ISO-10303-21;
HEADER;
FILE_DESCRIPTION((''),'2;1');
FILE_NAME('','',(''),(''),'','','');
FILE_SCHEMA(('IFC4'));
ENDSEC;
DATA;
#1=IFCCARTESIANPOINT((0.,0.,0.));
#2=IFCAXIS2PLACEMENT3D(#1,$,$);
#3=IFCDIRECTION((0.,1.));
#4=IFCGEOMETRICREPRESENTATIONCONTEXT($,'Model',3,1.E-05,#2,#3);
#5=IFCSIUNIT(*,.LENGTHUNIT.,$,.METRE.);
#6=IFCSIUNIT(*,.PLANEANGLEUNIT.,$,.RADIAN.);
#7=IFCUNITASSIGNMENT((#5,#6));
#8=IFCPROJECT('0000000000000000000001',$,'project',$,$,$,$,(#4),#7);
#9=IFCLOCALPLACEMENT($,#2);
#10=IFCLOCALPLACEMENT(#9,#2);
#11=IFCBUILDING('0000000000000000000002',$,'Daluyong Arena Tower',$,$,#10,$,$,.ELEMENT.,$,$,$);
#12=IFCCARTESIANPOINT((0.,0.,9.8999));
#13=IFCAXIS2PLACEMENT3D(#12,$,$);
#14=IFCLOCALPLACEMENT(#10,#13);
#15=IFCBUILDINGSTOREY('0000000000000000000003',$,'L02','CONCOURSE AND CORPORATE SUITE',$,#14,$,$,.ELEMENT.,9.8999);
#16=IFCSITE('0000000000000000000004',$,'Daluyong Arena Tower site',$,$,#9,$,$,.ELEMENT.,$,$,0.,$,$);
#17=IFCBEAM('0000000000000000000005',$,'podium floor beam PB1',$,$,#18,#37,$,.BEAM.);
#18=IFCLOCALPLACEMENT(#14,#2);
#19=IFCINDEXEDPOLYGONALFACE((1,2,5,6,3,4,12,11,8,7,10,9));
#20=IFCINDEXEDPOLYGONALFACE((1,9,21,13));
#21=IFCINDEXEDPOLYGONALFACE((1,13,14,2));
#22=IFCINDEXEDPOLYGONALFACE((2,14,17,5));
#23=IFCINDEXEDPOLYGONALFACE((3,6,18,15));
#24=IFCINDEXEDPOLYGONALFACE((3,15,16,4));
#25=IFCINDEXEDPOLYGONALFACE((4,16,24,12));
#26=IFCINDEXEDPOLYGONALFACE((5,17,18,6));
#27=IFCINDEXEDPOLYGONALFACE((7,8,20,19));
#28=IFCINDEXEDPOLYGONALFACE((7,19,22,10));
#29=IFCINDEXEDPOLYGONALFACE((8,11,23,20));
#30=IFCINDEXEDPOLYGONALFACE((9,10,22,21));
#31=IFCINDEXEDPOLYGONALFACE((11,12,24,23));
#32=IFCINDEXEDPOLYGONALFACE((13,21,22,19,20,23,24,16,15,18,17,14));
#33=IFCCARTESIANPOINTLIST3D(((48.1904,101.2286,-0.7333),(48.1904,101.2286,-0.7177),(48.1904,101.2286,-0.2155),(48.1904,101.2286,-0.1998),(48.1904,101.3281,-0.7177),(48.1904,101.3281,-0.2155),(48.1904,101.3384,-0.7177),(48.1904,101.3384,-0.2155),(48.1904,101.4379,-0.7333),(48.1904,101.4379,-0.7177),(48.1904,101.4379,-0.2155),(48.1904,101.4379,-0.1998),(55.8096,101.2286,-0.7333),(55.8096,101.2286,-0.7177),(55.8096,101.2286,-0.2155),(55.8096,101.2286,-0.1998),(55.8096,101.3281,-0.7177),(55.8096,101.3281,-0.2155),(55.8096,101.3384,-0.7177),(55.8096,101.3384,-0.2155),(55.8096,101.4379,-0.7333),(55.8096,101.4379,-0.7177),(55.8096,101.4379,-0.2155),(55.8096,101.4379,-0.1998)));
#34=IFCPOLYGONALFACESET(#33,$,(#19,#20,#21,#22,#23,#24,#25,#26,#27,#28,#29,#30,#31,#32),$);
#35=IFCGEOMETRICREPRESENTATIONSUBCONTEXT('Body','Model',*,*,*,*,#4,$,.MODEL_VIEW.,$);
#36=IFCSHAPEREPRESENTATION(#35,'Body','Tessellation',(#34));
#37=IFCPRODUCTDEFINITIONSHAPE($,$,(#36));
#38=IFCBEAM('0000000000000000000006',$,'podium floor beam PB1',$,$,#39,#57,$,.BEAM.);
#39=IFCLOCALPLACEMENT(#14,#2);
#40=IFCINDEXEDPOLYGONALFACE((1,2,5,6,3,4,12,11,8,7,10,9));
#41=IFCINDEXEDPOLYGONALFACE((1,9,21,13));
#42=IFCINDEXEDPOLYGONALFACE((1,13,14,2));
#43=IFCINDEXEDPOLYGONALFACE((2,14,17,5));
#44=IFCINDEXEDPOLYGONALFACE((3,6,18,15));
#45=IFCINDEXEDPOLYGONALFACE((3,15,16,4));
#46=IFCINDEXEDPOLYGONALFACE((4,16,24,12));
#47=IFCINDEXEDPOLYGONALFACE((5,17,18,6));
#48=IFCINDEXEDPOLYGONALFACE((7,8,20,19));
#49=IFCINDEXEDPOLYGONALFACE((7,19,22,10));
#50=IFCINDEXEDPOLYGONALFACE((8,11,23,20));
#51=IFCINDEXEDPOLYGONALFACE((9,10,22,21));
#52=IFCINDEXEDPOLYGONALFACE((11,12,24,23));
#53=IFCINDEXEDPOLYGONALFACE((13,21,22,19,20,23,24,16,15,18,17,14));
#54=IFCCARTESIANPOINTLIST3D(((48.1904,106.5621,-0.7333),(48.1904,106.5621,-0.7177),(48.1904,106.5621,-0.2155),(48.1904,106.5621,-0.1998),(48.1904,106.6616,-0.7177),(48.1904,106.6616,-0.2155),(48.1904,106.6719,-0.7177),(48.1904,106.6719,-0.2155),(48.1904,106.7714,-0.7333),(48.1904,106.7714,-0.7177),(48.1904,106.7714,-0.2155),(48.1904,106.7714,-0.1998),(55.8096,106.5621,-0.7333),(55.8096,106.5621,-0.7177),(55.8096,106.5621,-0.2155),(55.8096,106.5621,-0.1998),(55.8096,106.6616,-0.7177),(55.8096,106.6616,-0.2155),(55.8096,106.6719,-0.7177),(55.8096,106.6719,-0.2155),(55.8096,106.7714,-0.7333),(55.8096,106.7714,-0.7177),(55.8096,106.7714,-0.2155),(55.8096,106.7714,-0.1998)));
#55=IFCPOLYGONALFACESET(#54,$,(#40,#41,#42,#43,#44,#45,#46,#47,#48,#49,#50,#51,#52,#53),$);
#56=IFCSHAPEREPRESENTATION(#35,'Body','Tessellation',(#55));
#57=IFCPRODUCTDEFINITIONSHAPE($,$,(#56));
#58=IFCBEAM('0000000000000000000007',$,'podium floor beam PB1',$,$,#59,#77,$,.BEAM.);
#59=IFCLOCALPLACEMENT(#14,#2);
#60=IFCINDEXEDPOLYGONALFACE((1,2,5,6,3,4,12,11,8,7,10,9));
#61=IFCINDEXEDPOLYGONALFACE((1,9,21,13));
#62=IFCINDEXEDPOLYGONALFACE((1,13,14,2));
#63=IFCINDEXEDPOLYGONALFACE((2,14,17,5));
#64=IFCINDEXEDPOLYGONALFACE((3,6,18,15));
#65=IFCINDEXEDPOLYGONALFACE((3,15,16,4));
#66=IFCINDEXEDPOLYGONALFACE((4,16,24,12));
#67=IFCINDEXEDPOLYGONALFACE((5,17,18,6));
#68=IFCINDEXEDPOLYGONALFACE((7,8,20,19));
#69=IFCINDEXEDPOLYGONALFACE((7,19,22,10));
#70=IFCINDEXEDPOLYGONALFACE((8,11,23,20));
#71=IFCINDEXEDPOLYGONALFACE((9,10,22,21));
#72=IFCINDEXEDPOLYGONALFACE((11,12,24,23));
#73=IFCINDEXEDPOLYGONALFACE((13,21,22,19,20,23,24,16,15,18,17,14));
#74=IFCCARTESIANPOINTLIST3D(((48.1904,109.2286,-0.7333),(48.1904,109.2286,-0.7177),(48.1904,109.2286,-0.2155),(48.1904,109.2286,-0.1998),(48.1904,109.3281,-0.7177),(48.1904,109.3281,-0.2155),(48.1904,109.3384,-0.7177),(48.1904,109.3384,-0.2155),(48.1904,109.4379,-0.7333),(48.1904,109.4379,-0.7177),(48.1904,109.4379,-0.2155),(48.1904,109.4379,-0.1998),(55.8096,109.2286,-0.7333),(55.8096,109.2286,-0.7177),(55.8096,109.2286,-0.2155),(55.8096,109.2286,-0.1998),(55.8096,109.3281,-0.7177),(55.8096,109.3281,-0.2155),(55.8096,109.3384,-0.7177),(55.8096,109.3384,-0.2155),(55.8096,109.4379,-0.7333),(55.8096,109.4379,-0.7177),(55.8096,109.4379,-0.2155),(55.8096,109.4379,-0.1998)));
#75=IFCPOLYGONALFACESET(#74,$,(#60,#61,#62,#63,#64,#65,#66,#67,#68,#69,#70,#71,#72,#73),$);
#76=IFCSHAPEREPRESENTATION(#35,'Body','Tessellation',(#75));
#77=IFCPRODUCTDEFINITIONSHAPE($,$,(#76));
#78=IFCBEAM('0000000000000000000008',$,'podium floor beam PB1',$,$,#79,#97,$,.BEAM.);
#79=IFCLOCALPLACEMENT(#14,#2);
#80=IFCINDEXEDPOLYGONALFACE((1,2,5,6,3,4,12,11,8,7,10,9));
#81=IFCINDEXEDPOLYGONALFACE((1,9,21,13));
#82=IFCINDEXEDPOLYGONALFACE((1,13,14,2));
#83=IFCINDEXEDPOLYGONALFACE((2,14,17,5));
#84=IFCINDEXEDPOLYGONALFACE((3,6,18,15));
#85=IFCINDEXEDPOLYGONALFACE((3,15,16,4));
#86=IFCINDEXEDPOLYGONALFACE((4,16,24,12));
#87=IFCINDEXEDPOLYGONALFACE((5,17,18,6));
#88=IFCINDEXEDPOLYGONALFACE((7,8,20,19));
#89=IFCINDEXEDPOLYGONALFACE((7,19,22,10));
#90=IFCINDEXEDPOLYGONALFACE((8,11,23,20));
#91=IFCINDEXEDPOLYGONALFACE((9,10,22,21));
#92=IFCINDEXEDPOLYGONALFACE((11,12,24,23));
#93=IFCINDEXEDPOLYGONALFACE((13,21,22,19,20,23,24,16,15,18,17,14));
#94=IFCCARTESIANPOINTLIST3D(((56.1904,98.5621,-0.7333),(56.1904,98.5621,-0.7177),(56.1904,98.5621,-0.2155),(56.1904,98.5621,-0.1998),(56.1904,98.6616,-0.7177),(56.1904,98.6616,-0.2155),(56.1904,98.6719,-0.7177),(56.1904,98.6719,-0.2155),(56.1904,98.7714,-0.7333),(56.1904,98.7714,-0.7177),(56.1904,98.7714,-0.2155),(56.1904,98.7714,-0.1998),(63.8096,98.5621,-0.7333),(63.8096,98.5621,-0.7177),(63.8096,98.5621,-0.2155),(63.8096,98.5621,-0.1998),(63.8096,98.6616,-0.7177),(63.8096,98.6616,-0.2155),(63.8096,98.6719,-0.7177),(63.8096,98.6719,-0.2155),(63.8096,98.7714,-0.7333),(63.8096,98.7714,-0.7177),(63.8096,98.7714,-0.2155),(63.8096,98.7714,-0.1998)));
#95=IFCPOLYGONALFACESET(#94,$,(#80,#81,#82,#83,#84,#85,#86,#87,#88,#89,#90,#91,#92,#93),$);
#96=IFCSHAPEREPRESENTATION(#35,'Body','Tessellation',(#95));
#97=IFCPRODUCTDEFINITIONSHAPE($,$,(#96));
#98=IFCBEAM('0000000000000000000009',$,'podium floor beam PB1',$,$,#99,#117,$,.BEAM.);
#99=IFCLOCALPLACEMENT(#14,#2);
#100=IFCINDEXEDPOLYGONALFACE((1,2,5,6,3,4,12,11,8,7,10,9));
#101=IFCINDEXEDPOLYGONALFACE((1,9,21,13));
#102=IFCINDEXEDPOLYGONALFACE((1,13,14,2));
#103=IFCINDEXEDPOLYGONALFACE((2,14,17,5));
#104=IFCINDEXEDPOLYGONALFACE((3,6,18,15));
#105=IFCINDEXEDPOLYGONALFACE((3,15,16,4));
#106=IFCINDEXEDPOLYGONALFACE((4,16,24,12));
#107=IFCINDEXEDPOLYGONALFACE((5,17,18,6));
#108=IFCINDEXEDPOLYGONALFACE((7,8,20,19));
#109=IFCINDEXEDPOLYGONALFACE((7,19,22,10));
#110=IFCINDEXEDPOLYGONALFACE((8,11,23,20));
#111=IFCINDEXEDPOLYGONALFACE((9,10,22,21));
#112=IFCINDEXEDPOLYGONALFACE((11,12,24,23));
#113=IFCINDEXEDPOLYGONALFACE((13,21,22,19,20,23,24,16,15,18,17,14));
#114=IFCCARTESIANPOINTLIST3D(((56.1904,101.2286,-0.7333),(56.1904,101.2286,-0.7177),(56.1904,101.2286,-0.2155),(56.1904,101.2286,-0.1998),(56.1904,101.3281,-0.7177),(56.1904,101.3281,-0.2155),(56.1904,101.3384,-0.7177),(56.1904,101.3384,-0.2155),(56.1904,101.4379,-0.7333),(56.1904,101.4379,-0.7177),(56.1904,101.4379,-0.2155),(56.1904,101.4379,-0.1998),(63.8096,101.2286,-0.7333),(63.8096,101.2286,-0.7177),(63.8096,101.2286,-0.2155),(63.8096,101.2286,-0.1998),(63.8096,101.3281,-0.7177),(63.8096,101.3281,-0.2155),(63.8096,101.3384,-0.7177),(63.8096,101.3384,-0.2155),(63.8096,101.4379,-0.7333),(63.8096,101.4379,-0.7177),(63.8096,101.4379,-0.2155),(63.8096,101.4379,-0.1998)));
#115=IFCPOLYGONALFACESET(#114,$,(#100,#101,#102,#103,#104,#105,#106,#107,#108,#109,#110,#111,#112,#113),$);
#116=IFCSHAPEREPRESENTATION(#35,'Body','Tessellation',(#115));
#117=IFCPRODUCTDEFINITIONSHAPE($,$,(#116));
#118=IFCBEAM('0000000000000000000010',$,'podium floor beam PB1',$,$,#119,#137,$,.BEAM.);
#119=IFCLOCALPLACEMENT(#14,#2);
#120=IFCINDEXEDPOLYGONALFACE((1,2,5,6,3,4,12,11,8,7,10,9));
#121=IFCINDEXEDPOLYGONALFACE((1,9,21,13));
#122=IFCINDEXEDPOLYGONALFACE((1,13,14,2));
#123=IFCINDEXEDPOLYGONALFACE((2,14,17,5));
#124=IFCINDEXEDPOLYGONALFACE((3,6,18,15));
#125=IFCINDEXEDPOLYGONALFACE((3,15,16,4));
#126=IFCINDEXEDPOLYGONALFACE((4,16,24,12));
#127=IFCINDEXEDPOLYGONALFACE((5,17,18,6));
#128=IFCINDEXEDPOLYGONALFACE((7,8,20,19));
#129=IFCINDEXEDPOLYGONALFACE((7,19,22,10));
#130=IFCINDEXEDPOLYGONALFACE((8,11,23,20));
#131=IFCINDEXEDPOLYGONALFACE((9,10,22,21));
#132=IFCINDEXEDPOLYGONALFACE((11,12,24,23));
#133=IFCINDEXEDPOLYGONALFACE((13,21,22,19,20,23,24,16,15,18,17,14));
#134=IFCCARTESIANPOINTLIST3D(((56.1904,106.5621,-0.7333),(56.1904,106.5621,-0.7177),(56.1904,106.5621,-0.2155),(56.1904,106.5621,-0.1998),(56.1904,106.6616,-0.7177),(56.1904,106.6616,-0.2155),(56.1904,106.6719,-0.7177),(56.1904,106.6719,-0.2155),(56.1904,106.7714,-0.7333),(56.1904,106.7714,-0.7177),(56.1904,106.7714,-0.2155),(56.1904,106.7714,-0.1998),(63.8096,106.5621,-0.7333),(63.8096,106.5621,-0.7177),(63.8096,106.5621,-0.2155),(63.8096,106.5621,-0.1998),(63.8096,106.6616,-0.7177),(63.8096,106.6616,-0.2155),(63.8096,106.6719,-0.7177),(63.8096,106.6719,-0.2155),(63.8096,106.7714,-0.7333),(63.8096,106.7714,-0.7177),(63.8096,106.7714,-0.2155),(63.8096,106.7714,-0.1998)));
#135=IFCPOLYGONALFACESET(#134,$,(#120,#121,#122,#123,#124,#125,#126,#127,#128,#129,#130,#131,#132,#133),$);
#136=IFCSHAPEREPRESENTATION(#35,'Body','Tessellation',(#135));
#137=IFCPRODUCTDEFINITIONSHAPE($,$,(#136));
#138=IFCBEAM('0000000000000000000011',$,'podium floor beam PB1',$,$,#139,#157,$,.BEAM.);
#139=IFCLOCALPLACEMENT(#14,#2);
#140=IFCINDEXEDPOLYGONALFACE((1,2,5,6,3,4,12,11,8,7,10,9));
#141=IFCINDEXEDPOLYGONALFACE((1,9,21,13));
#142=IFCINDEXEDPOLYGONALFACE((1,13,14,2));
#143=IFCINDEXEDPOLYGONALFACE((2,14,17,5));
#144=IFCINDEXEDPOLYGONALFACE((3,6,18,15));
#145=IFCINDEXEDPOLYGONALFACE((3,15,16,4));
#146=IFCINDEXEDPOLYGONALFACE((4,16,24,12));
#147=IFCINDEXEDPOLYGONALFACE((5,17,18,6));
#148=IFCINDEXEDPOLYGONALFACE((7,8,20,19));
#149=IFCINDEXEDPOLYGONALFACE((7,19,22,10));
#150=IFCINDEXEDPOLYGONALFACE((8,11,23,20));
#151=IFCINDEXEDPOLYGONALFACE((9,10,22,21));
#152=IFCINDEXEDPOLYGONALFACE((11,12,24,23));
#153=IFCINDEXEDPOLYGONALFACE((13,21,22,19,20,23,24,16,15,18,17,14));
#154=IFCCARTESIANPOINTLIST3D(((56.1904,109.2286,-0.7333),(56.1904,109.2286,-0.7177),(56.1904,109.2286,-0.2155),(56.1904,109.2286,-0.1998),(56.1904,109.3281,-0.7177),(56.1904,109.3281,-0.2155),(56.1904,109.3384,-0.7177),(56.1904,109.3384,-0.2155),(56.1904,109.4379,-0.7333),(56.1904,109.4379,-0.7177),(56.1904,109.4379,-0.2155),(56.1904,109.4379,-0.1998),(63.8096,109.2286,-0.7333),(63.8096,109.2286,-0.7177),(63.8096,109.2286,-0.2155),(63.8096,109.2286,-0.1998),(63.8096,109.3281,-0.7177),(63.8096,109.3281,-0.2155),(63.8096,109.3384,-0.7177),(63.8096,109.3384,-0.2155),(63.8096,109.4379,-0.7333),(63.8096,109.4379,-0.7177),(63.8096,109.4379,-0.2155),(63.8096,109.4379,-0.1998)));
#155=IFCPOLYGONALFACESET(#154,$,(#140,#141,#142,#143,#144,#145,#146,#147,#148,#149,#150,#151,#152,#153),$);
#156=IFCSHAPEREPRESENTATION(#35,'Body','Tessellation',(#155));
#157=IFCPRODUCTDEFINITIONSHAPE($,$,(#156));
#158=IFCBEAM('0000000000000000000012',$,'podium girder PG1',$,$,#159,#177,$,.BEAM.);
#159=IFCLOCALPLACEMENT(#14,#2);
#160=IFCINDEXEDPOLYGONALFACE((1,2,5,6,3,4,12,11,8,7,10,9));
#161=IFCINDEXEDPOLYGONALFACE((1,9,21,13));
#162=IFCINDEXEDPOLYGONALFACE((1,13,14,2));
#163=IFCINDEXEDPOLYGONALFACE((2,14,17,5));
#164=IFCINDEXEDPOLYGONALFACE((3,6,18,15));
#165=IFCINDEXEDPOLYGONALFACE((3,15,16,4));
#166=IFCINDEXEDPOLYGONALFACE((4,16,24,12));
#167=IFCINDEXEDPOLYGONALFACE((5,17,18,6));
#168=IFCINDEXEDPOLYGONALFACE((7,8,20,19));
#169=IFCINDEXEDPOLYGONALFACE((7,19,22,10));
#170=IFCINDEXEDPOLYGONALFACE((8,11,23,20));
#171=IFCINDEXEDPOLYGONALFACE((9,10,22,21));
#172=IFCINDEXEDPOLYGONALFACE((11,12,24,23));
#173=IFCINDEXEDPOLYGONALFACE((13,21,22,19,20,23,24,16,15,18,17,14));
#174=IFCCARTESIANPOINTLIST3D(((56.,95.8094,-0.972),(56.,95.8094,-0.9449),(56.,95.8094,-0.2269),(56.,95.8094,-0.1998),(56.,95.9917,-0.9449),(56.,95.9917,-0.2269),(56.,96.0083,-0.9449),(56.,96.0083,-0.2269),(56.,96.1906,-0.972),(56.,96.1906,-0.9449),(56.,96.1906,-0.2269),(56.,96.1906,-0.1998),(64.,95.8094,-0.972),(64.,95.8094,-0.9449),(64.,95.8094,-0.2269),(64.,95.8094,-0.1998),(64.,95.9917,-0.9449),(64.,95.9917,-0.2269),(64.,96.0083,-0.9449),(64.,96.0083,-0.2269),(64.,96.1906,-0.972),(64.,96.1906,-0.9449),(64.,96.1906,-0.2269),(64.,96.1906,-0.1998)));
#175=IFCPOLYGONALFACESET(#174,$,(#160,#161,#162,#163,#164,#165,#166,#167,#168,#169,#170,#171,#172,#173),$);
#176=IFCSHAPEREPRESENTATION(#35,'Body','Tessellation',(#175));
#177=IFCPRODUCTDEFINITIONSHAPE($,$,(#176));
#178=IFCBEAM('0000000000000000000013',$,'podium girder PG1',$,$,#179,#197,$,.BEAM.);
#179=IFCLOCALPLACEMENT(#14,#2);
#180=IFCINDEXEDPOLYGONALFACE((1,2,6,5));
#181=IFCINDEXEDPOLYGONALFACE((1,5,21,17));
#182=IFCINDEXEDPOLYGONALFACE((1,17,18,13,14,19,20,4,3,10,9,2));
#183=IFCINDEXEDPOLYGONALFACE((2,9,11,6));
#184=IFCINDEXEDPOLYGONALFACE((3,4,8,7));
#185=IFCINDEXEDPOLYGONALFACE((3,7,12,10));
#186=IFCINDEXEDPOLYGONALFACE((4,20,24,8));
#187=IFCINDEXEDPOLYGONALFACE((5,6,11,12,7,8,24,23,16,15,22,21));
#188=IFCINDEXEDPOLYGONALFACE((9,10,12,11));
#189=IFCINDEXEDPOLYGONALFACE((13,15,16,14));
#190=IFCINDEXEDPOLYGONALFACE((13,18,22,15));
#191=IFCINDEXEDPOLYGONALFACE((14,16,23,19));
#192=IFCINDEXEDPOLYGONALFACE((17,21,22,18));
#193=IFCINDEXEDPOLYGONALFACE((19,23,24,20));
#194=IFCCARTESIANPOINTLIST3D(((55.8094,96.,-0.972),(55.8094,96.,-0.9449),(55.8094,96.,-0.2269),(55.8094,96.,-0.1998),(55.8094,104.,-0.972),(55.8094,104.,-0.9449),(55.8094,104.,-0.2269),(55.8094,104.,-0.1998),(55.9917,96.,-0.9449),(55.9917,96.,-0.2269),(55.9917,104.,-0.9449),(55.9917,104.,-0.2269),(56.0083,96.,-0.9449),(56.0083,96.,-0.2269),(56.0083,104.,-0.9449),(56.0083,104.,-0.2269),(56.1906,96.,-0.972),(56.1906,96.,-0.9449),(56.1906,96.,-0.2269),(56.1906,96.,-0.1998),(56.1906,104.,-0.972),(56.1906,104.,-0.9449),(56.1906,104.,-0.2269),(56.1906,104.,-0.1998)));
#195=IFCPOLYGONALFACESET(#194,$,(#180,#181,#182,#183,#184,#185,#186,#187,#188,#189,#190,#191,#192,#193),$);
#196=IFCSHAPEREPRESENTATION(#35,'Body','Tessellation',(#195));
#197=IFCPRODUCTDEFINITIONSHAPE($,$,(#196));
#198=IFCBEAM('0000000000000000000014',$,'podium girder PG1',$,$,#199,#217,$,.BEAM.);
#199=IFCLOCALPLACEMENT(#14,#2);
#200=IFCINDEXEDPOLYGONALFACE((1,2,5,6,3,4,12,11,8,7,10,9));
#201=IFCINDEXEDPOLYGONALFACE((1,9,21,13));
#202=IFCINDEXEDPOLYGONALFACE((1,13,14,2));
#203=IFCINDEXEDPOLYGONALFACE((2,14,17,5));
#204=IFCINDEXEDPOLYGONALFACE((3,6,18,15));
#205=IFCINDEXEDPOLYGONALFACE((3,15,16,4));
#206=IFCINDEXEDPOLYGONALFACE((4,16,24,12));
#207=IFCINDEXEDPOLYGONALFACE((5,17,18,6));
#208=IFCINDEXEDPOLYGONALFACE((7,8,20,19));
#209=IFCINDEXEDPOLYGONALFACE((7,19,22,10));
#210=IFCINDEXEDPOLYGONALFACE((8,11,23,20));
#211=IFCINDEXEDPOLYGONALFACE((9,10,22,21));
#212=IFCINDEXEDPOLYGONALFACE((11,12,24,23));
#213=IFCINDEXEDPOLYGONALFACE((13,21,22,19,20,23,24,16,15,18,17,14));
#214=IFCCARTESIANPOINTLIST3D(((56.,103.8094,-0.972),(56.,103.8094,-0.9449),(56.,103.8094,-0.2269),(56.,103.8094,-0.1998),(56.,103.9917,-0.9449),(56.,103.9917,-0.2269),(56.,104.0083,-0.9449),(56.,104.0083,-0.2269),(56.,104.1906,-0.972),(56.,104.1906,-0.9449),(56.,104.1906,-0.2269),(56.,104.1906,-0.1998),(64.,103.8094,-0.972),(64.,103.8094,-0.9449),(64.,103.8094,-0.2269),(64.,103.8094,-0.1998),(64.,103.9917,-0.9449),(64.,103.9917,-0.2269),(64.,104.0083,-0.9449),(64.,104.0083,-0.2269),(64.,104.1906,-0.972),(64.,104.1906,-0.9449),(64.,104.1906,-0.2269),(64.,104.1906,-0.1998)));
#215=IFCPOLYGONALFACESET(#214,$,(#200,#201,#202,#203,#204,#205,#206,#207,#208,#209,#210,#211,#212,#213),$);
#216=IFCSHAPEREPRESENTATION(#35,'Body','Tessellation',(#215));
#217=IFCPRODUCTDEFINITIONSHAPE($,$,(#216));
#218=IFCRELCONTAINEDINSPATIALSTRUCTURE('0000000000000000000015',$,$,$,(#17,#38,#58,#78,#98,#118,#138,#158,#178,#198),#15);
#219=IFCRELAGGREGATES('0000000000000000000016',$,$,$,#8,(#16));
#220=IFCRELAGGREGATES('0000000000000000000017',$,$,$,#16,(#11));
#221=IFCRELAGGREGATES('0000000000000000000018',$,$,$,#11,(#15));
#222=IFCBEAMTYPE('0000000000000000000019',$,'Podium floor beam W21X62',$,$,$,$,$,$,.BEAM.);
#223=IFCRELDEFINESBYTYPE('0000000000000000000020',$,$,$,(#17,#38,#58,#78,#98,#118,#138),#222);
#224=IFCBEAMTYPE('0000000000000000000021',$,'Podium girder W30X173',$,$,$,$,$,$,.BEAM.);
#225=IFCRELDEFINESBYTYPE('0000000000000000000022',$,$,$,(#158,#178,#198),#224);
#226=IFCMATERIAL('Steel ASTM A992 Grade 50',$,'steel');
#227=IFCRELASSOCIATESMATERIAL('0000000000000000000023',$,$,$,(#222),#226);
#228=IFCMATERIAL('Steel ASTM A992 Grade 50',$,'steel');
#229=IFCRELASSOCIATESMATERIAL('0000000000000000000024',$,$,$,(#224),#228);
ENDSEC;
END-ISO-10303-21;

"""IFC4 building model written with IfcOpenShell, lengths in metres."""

from ifc_helpers import new_model, si_unit, direction, frame, origin, origin_2d, place, context, subcontext, project, spatial, i_section, extrude, material, material_profile, profile_set, type_object, element, save


model = new_model("IFC4")

# Units and contexts
model_context = context("Model", 3, precision=1e-05, world=origin(), true_north=direction((0.0, 1.0)))
body_context = subcontext(model_context, "Body", "Model", "MODEL_VIEW")
ifc_project = project(units=[si_unit("LENGTHUNIT", "METRE"), si_unit("PLANEANGLEUNIT", "RADIAN")], contexts=[model_context])

# Site, building, storey
site_placement = place(None, origin())
site = spatial("IfcSite", under=ifc_project, at=site_placement, Name="Daluyong Arena Tower site", CompositionType="ELEMENT", RefElevation=0.0)
building_placement = place(site_placement, origin())
building = spatial("IfcBuilding", under=site, at=building_placement, Name="Daluyong Arena Tower", CompositionType="ELEMENT")
storey_placement = place(building_placement, frame((0.0, 0.0, 9.8999)))
storey = spatial("IfcBuildingStorey", under=building, at=storey_placement, Name="L02", Description="CONCOURSE AND CORPORATE SUITE", CompositionType="ELEMENT", Elevation=9.8999)

# Beams
ifc_material_1 = material(Name="Steel ASTM A992 Grade 50", Category="steel")
ifc_material_profile_1 = material_profile(ifc_material_1, i_section(OverallWidth=0.2092, OverallDepth=0.5334, WebThickness=0.0103, FlangeThickness=0.0156, at=origin_2d()))
ifc_profile_set_1 = profile_set([ifc_material_profile_1], Name="Steel ASTM A992 Grade 50")
beam_type_1 = type_object("IfcBeamType", Name="Podium floor beam W21X62", PredefinedType="BEAM", material=ifc_profile_set_1)
for number, where, z_axis, x_axis, name in (
    (1, (48.1904, 101.3333, -0.4666), (1.0, 0.0, 0.0), (0.0, 1.0, 0.0), "podium floor beam PB1"),
    (2, (48.1904, 106.6667, -0.4666), (1.0, 0.0, 0.0), (0.0, 1.0, 0.0), "podium floor beam PB1"),
    (3, (48.1904, 109.3333, -0.4666), (1.0, 0.0, 0.0), (0.0, 1.0, 0.0), "podium floor beam PB1"),
    (4, (56.1904, 98.6667, -0.4666), (1.0, 0.0, 0.0), (0.0, 1.0, 0.0), "podium floor beam PB1"),
    (5, (56.1904, 101.3333, -0.4666), (1.0, 0.0, 0.0), (0.0, 1.0, 0.0), "podium floor beam PB1"),
    (6, (56.1904, 106.6667, -0.4666), (1.0, 0.0, 0.0), (0.0, 1.0, 0.0), "podium floor beam PB1"),
    (7, (56.1904, 109.3333, -0.4666), (1.0, 0.0, 0.0), (0.0, 1.0, 0.0), "podium floor beam PB1"),
):
    element("IfcBeam", number, at=place(storey_placement, frame(where, z_axis=z_axis, x_axis=x_axis)), inside=storey, type_object=beam_type_1, Name=name, PredefinedType="BEAM", context=body_context, shape_type="SweptSolid", body=[
        extrude(i_section(OverallWidth=0.2092, OverallDepth=0.5334, WebThickness=0.0103, FlangeThickness=0.0156, at=origin_2d()), origin(), (0.0, 0.0, 1.0), 7.6191),
    ])
ifc_material_2 = material(Name="Steel ASTM A992 Grade 50", Category="steel")
ifc_material_profile_2 = material_profile(ifc_material_2, i_section(OverallWidth=0.3811, OverallDepth=0.7722, WebThickness=0.0166, FlangeThickness=0.0271, at=origin_2d()))
ifc_profile_set_2 = profile_set([ifc_material_profile_2], Name="Steel ASTM A992 Grade 50")
beam_type_2 = type_object("IfcBeamType", Name="Podium girder W30X173", PredefinedType="BEAM", material=ifc_profile_set_2)
for number, where, z_axis, x_axis, name in (
    (8, (56.0, 96.0, -0.5859), (1.0, 0.0, 0.0), (0.0, 1.0, 0.0), "podium girder PG1"),
    (9, (56.0, 96.0, -0.5859), (0.0, 1.0, 0.0), (-1.0, 0.0, 0.0), "podium girder PG1"),
    (10, (56.0, 104.0, -0.5859), (1.0, 0.0, 0.0), (0.0, 1.0, 0.0), "podium girder PG1"),
):
    element("IfcBeam", number, at=place(storey_placement, frame(where, z_axis=z_axis, x_axis=x_axis)), inside=storey, type_object=beam_type_2, Name=name, PredefinedType="BEAM", context=body_context, shape_type="SweptSolid", body=[
        extrude(i_section(OverallWidth=0.3811, OverallDepth=0.7722, WebThickness=0.0166, FlangeThickness=0.0271, at=origin_2d()), origin(), (0.0, 0.0, 1.0), 8.0),
    ])

save(model, "model.ifc")
